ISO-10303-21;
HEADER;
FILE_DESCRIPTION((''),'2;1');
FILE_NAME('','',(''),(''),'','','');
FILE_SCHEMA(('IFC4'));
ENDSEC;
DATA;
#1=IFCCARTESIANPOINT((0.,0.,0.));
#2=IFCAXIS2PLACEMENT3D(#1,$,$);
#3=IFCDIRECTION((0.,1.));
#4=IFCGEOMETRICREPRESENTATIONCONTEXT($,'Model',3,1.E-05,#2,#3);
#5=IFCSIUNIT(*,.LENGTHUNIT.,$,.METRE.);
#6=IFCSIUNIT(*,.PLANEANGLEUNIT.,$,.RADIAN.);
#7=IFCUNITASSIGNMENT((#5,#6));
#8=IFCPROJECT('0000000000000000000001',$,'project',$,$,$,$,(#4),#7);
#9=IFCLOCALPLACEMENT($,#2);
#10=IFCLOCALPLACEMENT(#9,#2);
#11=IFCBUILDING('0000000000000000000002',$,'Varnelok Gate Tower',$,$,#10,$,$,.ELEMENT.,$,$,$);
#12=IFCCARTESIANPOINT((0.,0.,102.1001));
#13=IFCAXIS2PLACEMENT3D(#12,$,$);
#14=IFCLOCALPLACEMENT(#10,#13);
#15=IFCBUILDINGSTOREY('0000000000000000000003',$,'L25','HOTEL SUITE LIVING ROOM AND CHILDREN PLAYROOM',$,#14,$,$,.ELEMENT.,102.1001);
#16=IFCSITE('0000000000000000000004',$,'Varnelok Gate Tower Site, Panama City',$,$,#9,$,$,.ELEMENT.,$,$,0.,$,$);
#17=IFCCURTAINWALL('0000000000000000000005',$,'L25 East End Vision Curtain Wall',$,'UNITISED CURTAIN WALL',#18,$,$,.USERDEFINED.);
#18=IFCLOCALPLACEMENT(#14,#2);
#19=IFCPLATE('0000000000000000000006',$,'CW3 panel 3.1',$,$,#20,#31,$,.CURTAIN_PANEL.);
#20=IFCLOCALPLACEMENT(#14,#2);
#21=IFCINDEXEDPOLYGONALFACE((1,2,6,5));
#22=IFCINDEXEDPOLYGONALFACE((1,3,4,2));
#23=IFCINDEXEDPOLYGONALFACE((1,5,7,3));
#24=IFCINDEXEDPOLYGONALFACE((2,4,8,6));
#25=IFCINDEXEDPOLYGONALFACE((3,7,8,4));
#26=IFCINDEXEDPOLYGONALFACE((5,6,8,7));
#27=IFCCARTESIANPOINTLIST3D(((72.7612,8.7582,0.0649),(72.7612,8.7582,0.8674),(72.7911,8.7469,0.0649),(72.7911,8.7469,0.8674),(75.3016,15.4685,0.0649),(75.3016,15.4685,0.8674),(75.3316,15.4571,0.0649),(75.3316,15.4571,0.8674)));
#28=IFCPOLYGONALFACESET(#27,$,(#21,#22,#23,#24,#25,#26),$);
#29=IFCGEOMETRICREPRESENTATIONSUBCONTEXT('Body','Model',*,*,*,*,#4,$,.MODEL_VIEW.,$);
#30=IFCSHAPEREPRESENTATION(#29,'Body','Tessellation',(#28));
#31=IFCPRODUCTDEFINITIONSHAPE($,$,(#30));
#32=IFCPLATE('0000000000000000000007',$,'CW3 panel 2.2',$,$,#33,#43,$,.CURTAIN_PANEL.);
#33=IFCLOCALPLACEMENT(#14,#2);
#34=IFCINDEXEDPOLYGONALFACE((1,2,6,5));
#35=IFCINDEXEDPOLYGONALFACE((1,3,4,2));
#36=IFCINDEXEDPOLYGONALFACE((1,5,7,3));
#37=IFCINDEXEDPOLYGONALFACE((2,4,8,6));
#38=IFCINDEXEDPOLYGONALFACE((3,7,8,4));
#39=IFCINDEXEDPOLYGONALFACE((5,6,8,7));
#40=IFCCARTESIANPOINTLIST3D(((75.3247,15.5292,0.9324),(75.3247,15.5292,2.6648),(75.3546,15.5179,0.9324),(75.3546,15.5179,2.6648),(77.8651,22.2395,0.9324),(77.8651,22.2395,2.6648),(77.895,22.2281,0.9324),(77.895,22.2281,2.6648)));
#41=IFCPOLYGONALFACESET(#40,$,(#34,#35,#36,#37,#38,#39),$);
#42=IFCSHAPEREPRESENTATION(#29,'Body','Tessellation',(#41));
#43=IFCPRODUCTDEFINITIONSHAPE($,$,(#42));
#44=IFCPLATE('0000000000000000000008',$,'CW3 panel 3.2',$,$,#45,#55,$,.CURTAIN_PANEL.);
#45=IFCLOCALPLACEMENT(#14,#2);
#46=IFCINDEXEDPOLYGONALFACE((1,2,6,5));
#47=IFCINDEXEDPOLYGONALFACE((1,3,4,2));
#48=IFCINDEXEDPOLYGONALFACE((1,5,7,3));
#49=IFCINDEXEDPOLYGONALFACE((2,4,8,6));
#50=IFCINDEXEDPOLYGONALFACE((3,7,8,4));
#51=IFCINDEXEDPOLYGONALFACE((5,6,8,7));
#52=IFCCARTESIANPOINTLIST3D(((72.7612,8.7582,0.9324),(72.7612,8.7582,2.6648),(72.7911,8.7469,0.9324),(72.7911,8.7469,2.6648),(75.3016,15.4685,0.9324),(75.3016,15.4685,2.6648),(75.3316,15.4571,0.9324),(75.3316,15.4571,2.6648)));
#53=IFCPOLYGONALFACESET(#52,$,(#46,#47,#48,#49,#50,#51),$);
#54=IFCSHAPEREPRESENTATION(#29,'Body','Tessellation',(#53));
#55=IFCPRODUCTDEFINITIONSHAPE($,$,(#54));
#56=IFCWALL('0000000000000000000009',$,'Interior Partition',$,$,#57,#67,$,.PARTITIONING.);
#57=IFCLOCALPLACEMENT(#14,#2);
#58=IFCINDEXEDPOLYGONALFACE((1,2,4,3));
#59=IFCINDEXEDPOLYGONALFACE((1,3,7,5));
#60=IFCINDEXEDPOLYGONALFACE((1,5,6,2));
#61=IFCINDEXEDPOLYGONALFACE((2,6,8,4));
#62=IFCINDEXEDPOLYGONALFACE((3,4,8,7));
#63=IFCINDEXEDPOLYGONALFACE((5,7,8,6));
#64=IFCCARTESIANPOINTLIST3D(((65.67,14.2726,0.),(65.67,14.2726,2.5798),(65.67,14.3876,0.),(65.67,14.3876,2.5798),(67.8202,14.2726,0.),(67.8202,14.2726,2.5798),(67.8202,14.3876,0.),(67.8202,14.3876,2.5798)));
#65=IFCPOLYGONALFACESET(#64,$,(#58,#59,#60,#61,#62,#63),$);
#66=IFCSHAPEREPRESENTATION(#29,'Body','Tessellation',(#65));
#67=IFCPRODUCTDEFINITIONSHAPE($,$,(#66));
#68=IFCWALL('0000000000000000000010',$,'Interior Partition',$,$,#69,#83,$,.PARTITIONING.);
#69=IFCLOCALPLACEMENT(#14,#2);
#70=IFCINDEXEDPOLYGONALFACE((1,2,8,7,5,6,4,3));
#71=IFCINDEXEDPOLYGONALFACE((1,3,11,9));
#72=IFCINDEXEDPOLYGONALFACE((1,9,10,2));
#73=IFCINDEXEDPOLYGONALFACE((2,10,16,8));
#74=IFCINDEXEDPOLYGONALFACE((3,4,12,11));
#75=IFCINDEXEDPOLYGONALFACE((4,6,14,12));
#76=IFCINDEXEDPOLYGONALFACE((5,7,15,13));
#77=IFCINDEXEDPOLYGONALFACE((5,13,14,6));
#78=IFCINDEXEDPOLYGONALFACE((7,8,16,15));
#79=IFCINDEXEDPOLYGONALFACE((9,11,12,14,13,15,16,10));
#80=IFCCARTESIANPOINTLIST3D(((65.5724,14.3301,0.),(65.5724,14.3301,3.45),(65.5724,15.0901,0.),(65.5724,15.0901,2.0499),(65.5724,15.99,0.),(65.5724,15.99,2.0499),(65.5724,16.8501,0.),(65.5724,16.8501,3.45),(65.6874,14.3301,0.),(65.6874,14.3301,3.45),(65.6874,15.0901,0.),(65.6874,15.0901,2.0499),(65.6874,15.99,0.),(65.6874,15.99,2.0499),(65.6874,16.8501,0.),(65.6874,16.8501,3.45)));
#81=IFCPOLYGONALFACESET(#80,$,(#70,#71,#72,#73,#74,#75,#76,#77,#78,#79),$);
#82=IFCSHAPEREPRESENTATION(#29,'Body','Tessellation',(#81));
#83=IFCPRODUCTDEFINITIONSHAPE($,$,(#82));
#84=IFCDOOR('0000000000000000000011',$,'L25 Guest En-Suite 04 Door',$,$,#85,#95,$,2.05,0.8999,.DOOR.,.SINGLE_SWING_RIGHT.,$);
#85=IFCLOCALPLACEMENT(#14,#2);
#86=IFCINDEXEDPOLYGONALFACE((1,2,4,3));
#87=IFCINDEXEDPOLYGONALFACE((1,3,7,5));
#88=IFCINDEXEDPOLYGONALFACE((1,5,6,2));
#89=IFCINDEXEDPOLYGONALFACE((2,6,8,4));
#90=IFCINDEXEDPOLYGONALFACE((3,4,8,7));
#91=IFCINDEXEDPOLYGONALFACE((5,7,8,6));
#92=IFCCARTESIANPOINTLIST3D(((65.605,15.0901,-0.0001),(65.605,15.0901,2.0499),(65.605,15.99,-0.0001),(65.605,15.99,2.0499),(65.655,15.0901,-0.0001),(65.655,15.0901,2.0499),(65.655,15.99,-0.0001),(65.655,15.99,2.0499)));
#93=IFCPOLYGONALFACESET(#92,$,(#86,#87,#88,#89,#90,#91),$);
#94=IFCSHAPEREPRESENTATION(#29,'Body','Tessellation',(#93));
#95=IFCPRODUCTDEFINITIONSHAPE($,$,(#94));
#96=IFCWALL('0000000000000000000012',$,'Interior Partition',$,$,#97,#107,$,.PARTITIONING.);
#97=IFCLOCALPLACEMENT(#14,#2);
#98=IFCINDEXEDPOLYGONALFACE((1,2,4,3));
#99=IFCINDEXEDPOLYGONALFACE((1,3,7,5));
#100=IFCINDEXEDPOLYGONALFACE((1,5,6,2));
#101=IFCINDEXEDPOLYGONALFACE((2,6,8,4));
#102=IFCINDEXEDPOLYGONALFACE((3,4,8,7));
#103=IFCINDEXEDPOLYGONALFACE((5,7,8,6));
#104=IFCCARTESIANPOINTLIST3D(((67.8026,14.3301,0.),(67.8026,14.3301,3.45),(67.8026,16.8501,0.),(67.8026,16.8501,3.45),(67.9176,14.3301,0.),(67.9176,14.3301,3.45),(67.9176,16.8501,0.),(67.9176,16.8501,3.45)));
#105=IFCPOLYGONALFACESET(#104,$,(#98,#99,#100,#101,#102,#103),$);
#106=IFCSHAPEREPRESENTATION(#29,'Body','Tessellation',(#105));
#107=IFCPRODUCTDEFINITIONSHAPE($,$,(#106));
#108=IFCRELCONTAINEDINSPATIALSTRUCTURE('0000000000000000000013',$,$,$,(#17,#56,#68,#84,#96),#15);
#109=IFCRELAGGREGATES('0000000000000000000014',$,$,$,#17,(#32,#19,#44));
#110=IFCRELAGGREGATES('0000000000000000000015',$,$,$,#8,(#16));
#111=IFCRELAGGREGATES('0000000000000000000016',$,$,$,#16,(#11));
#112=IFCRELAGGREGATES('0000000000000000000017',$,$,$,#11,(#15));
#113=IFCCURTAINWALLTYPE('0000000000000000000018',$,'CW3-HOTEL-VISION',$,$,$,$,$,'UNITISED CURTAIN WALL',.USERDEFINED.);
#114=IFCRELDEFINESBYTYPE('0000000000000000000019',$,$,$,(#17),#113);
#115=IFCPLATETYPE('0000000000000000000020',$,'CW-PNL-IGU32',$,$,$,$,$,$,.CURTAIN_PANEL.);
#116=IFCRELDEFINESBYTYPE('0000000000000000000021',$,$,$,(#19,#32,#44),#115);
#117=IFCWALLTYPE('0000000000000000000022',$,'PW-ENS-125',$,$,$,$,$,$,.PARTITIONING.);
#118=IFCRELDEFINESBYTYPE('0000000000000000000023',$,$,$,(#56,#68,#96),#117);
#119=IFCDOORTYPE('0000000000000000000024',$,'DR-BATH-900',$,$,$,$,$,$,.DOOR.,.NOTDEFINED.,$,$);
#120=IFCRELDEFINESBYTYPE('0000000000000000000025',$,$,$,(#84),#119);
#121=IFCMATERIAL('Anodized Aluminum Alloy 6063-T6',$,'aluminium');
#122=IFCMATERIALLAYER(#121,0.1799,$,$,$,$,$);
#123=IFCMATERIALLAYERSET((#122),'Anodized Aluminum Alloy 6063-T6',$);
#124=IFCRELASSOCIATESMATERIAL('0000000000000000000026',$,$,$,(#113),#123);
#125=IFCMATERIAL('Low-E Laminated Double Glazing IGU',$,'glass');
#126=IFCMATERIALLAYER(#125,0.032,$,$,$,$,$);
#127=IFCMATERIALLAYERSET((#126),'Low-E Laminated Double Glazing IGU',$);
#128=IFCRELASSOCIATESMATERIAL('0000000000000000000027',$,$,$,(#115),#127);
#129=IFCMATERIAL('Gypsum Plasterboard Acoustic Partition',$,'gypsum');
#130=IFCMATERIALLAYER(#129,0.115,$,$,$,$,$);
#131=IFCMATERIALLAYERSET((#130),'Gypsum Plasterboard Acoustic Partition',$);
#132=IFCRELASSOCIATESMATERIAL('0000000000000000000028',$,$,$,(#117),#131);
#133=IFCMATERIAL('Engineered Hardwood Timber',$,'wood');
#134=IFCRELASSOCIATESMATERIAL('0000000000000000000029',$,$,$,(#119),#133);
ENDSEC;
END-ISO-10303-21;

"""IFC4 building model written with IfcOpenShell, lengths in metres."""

from ifc_helpers import new_model, si_unit, direction, frame, frame_2d, origin, origin_2d, place, context, subcontext, project, spatial, rectangle, extrude, source, transform, mapped, material, layer, layer_set, type_object, element, fill, aggregate, save


model = new_model("IFC4")

# Units and contexts
model_context = context("Model", 3, precision=1e-05, world=origin(), true_north=direction((0.0, 1.0)))
body_context = subcontext(model_context, "Body", "Model", "MODEL_VIEW")
ifc_project = project(units=[si_unit("LENGTHUNIT", "METRE"), si_unit("PLANEANGLEUNIT", "RADIAN")], contexts=[model_context])

# Site, building, storey
site_placement = place(None, origin())
site = spatial("IfcSite", under=ifc_project, at=site_placement, Name="Varnelok Gate Tower Site, Panama City", CompositionType="ELEMENT", RefElevation=0.0)
building_placement = place(site_placement, origin())
building = spatial("IfcBuilding", under=site, at=building_placement, Name="Varnelok Gate Tower", CompositionType="ELEMENT")
storey_placement = place(building_placement, frame((0.0, 0.0, 102.1001)))
storey = spatial("IfcBuildingStorey", under=building, at=storey_placement, Name="L25", Description="HOTEL SUITE LIVING ROOM AND CHILDREN PLAYROOM", CompositionType="ELEMENT", Elevation=102.1001)

# Curtain wall, plates
ifc_material_1 = material(Name="Anodized Aluminum Alloy 6063-T6", Category="aluminium")
ifc_layer_1 = layer(ifc_material_1, 0.1799)
ifc_layer_set_1 = layer_set([ifc_layer_1], Name="Anodized Aluminum Alloy 6063-T6")
curtain_wall_type = type_object("IfcCurtainWallType", Name="CW3-HOTEL-VISION", ElementType="UNITISED CURTAIN WALL", PredefinedType="USERDEFINED", material=ifc_layer_set_1)
curtain_wall_placement = place(storey_placement, origin())
curtain_wall = element("IfcCurtainWall", 1, at=curtain_wall_placement, inside=storey, type_object=curtain_wall_type, Name="L25 East End Vision Curtain Wall", ObjectType="UNITISED CURTAIN WALL", PredefinedType="USERDEFINED")
ifc_material_2 = material(Name="Low-E Laminated Double Glazing IGU", Category="glass")
ifc_layer_2 = layer(ifc_material_2, 0.032)
ifc_layer_set_2 = layer_set([ifc_layer_2], Name="Low-E Laminated Double Glazing IGU")
plate_type = type_object("IfcPlateType", Name="CW-PNL-IGU32", PredefinedType="CURTAIN_PANEL", material=ifc_layer_set_2)
shared_shape_1 = source(origin(), body_context, "Body", "SweptSolid", [
    extrude(rectangle(XDim=7.175, YDim=0.032, at=origin_2d()), origin(), (0.0, 0.0, 1.0), 0.8025),
])
plate_1_placement = place(storey_placement, frame((74.0464, 12.1077, 0.0649), z_axis=(0.0, 0.0, 1.0), x_axis=(-0.354064, -0.935221, 0.0)))
plate_1 = element("IfcPlate", 2, at=plate_1_placement, type_object=plate_type, Name="CW3 panel 3.1", PredefinedType="CURTAIN_PANEL", context=body_context, shape_type="MappedRepresentation", body=[
    mapped(shared_shape_1, transform((0.0, 0.0, 0.0), scale=1.0)),
])
shared_shape_2 = source(origin(), body_context, "Body", "SweptSolid", [
    extrude(rectangle(XDim=7.175, YDim=0.032, at=origin_2d()), origin(), (0.0, 0.0, 1.0), 1.7324),
])
plate_2_placement = place(storey_placement, frame((76.6099, 18.8787, 0.9324), z_axis=(0.0, 0.0, 1.0), x_axis=(-0.354064, -0.935221, 0.0)))
plate_2 = element("IfcPlate", 3, at=plate_2_placement, type_object=plate_type, Name="CW3 panel 2.2", PredefinedType="CURTAIN_PANEL", context=body_context, shape_type="MappedRepresentation", body=[
    mapped(shared_shape_2, transform((0.0, 0.0, 0.0), scale=1.0)),
])
plate_3_placement = place(storey_placement, frame((74.0464, 12.1077, 0.9324), z_axis=(0.0, 0.0, 1.0), x_axis=(-0.354064, -0.935221, 0.0)))
plate_3 = element("IfcPlate", 4, at=plate_3_placement, type_object=plate_type, Name="CW3 panel 3.2", PredefinedType="CURTAIN_PANEL", context=body_context, shape_type="MappedRepresentation", body=[
    mapped(shared_shape_2, transform((0.0, 0.0, 0.0), scale=1.0)),
])
aggregate(curtain_wall, [plate_2, plate_1, plate_3])

# Wall
ifc_material_3 = material(Name="Gypsum Plasterboard Acoustic Partition", Category="gypsum")
ifc_layer_3 = layer(ifc_material_3, 0.115)
ifc_layer_set_3 = layer_set([ifc_layer_3], Name="Gypsum Plasterboard Acoustic Partition")
wall_type = type_object("IfcWallType", Name="PW-ENS-125", PredefinedType="PARTITIONING", material=ifc_layer_set_3)
wall_1_placement = place(storey_placement, frame((65.6699, 14.3301, 0.0), z_axis=(0.0, 0.0, 1.0), x_axis=(1.0, 0.0, 0.0)))
element("IfcWall", 5, at=wall_1_placement, inside=storey, type_object=wall_type, Name="Interior Partition", PredefinedType="PARTITIONING", context=body_context, shape_type="SweptSolid", body=[
    extrude(rectangle(XDim=2.1501, YDim=0.115, at=frame_2d((1.0752, 0.0))), origin(), (0.0, 0.0, 1.0), 2.5798),
])

# Wall, opening, door
wall_2_placement = place(storey_placement, frame((65.6299, 14.3301, 0.0), z_axis=(0.0, 0.0, 1.0), x_axis=(0.0, 1.0, 0.0)))
wall_2 = element("IfcWall", 6, at=wall_2_placement, inside=storey, type_object=wall_type, Name="Interior Partition", PredefinedType="PARTITIONING", context=body_context, shape_type="SweptSolid", body=[
    extrude(rectangle(XDim=2.52, YDim=0.115, at=frame_2d((1.26, 0.0))), origin(), (0.0, 0.0, 1.0), 3.45),
])
opening_placement = place(wall_2_placement, frame((0.76, 0.0, 0.0)))
opening = element("IfcOpeningElement", 7, at=opening_placement, cuts=wall_2, PredefinedType="OPENING", context=body_context, shape_type="SweptSolid", body=[
    extrude(rectangle(XDim=0.8999, YDim=2.05, at=frame_2d((0.45, 1.0249))), frame((0.0, 0.0674, 0.0), z_axis=(0.0, -1.0, 0.0), x_axis=(1.0, 0.0, 0.0)), (0.0, 0.0, 1.0), 0.135),
])
ifc_material_4 = material(Name="Engineered Hardwood Timber", Category="wood")
door_type = type_object("IfcDoorType", Name="DR-BATH-900", OperationType="NOTDEFINED", PredefinedType="DOOR", material=ifc_material_4)
door_placement = place(opening_placement, origin())
door = element("IfcDoor", 8, at=door_placement, inside=storey, type_object=door_type, Name="L25 Guest En-Suite 04 Door", OperationType="SINGLE_SWING_RIGHT", OverallHeight=2.05, OverallWidth=0.8999, PredefinedType="DOOR", context=body_context, shape_type="SweptSolid", body=[
    extrude(rectangle(XDim=0.8999, YDim=2.05, at=frame_2d((0.45, 1.0249))), frame((0.0, 0.0249, 0.0), z_axis=(0.0, -1.0, 0.0), x_axis=(1.0, 0.0, 0.0)), (0.0, 0.0, 1.0), 0.05),
])
fill(opening, door)

# Wall
wall_3_placement = place(storey_placement, frame((67.8601, 14.3301, 0.0), z_axis=(0.0, 0.0, 1.0), x_axis=(0.0, 1.0, 0.0)))
element("IfcWall", 9, at=wall_3_placement, inside=storey, type_object=wall_type, Name="Interior Partition", PredefinedType="PARTITIONING", context=body_context, shape_type="SweptSolid", body=[
    extrude(rectangle(XDim=2.52, YDim=0.115, at=frame_2d((1.26, 0.0))), origin(), (0.0, 0.0, 1.0), 3.45),
])

save(model, "model.ifc")
